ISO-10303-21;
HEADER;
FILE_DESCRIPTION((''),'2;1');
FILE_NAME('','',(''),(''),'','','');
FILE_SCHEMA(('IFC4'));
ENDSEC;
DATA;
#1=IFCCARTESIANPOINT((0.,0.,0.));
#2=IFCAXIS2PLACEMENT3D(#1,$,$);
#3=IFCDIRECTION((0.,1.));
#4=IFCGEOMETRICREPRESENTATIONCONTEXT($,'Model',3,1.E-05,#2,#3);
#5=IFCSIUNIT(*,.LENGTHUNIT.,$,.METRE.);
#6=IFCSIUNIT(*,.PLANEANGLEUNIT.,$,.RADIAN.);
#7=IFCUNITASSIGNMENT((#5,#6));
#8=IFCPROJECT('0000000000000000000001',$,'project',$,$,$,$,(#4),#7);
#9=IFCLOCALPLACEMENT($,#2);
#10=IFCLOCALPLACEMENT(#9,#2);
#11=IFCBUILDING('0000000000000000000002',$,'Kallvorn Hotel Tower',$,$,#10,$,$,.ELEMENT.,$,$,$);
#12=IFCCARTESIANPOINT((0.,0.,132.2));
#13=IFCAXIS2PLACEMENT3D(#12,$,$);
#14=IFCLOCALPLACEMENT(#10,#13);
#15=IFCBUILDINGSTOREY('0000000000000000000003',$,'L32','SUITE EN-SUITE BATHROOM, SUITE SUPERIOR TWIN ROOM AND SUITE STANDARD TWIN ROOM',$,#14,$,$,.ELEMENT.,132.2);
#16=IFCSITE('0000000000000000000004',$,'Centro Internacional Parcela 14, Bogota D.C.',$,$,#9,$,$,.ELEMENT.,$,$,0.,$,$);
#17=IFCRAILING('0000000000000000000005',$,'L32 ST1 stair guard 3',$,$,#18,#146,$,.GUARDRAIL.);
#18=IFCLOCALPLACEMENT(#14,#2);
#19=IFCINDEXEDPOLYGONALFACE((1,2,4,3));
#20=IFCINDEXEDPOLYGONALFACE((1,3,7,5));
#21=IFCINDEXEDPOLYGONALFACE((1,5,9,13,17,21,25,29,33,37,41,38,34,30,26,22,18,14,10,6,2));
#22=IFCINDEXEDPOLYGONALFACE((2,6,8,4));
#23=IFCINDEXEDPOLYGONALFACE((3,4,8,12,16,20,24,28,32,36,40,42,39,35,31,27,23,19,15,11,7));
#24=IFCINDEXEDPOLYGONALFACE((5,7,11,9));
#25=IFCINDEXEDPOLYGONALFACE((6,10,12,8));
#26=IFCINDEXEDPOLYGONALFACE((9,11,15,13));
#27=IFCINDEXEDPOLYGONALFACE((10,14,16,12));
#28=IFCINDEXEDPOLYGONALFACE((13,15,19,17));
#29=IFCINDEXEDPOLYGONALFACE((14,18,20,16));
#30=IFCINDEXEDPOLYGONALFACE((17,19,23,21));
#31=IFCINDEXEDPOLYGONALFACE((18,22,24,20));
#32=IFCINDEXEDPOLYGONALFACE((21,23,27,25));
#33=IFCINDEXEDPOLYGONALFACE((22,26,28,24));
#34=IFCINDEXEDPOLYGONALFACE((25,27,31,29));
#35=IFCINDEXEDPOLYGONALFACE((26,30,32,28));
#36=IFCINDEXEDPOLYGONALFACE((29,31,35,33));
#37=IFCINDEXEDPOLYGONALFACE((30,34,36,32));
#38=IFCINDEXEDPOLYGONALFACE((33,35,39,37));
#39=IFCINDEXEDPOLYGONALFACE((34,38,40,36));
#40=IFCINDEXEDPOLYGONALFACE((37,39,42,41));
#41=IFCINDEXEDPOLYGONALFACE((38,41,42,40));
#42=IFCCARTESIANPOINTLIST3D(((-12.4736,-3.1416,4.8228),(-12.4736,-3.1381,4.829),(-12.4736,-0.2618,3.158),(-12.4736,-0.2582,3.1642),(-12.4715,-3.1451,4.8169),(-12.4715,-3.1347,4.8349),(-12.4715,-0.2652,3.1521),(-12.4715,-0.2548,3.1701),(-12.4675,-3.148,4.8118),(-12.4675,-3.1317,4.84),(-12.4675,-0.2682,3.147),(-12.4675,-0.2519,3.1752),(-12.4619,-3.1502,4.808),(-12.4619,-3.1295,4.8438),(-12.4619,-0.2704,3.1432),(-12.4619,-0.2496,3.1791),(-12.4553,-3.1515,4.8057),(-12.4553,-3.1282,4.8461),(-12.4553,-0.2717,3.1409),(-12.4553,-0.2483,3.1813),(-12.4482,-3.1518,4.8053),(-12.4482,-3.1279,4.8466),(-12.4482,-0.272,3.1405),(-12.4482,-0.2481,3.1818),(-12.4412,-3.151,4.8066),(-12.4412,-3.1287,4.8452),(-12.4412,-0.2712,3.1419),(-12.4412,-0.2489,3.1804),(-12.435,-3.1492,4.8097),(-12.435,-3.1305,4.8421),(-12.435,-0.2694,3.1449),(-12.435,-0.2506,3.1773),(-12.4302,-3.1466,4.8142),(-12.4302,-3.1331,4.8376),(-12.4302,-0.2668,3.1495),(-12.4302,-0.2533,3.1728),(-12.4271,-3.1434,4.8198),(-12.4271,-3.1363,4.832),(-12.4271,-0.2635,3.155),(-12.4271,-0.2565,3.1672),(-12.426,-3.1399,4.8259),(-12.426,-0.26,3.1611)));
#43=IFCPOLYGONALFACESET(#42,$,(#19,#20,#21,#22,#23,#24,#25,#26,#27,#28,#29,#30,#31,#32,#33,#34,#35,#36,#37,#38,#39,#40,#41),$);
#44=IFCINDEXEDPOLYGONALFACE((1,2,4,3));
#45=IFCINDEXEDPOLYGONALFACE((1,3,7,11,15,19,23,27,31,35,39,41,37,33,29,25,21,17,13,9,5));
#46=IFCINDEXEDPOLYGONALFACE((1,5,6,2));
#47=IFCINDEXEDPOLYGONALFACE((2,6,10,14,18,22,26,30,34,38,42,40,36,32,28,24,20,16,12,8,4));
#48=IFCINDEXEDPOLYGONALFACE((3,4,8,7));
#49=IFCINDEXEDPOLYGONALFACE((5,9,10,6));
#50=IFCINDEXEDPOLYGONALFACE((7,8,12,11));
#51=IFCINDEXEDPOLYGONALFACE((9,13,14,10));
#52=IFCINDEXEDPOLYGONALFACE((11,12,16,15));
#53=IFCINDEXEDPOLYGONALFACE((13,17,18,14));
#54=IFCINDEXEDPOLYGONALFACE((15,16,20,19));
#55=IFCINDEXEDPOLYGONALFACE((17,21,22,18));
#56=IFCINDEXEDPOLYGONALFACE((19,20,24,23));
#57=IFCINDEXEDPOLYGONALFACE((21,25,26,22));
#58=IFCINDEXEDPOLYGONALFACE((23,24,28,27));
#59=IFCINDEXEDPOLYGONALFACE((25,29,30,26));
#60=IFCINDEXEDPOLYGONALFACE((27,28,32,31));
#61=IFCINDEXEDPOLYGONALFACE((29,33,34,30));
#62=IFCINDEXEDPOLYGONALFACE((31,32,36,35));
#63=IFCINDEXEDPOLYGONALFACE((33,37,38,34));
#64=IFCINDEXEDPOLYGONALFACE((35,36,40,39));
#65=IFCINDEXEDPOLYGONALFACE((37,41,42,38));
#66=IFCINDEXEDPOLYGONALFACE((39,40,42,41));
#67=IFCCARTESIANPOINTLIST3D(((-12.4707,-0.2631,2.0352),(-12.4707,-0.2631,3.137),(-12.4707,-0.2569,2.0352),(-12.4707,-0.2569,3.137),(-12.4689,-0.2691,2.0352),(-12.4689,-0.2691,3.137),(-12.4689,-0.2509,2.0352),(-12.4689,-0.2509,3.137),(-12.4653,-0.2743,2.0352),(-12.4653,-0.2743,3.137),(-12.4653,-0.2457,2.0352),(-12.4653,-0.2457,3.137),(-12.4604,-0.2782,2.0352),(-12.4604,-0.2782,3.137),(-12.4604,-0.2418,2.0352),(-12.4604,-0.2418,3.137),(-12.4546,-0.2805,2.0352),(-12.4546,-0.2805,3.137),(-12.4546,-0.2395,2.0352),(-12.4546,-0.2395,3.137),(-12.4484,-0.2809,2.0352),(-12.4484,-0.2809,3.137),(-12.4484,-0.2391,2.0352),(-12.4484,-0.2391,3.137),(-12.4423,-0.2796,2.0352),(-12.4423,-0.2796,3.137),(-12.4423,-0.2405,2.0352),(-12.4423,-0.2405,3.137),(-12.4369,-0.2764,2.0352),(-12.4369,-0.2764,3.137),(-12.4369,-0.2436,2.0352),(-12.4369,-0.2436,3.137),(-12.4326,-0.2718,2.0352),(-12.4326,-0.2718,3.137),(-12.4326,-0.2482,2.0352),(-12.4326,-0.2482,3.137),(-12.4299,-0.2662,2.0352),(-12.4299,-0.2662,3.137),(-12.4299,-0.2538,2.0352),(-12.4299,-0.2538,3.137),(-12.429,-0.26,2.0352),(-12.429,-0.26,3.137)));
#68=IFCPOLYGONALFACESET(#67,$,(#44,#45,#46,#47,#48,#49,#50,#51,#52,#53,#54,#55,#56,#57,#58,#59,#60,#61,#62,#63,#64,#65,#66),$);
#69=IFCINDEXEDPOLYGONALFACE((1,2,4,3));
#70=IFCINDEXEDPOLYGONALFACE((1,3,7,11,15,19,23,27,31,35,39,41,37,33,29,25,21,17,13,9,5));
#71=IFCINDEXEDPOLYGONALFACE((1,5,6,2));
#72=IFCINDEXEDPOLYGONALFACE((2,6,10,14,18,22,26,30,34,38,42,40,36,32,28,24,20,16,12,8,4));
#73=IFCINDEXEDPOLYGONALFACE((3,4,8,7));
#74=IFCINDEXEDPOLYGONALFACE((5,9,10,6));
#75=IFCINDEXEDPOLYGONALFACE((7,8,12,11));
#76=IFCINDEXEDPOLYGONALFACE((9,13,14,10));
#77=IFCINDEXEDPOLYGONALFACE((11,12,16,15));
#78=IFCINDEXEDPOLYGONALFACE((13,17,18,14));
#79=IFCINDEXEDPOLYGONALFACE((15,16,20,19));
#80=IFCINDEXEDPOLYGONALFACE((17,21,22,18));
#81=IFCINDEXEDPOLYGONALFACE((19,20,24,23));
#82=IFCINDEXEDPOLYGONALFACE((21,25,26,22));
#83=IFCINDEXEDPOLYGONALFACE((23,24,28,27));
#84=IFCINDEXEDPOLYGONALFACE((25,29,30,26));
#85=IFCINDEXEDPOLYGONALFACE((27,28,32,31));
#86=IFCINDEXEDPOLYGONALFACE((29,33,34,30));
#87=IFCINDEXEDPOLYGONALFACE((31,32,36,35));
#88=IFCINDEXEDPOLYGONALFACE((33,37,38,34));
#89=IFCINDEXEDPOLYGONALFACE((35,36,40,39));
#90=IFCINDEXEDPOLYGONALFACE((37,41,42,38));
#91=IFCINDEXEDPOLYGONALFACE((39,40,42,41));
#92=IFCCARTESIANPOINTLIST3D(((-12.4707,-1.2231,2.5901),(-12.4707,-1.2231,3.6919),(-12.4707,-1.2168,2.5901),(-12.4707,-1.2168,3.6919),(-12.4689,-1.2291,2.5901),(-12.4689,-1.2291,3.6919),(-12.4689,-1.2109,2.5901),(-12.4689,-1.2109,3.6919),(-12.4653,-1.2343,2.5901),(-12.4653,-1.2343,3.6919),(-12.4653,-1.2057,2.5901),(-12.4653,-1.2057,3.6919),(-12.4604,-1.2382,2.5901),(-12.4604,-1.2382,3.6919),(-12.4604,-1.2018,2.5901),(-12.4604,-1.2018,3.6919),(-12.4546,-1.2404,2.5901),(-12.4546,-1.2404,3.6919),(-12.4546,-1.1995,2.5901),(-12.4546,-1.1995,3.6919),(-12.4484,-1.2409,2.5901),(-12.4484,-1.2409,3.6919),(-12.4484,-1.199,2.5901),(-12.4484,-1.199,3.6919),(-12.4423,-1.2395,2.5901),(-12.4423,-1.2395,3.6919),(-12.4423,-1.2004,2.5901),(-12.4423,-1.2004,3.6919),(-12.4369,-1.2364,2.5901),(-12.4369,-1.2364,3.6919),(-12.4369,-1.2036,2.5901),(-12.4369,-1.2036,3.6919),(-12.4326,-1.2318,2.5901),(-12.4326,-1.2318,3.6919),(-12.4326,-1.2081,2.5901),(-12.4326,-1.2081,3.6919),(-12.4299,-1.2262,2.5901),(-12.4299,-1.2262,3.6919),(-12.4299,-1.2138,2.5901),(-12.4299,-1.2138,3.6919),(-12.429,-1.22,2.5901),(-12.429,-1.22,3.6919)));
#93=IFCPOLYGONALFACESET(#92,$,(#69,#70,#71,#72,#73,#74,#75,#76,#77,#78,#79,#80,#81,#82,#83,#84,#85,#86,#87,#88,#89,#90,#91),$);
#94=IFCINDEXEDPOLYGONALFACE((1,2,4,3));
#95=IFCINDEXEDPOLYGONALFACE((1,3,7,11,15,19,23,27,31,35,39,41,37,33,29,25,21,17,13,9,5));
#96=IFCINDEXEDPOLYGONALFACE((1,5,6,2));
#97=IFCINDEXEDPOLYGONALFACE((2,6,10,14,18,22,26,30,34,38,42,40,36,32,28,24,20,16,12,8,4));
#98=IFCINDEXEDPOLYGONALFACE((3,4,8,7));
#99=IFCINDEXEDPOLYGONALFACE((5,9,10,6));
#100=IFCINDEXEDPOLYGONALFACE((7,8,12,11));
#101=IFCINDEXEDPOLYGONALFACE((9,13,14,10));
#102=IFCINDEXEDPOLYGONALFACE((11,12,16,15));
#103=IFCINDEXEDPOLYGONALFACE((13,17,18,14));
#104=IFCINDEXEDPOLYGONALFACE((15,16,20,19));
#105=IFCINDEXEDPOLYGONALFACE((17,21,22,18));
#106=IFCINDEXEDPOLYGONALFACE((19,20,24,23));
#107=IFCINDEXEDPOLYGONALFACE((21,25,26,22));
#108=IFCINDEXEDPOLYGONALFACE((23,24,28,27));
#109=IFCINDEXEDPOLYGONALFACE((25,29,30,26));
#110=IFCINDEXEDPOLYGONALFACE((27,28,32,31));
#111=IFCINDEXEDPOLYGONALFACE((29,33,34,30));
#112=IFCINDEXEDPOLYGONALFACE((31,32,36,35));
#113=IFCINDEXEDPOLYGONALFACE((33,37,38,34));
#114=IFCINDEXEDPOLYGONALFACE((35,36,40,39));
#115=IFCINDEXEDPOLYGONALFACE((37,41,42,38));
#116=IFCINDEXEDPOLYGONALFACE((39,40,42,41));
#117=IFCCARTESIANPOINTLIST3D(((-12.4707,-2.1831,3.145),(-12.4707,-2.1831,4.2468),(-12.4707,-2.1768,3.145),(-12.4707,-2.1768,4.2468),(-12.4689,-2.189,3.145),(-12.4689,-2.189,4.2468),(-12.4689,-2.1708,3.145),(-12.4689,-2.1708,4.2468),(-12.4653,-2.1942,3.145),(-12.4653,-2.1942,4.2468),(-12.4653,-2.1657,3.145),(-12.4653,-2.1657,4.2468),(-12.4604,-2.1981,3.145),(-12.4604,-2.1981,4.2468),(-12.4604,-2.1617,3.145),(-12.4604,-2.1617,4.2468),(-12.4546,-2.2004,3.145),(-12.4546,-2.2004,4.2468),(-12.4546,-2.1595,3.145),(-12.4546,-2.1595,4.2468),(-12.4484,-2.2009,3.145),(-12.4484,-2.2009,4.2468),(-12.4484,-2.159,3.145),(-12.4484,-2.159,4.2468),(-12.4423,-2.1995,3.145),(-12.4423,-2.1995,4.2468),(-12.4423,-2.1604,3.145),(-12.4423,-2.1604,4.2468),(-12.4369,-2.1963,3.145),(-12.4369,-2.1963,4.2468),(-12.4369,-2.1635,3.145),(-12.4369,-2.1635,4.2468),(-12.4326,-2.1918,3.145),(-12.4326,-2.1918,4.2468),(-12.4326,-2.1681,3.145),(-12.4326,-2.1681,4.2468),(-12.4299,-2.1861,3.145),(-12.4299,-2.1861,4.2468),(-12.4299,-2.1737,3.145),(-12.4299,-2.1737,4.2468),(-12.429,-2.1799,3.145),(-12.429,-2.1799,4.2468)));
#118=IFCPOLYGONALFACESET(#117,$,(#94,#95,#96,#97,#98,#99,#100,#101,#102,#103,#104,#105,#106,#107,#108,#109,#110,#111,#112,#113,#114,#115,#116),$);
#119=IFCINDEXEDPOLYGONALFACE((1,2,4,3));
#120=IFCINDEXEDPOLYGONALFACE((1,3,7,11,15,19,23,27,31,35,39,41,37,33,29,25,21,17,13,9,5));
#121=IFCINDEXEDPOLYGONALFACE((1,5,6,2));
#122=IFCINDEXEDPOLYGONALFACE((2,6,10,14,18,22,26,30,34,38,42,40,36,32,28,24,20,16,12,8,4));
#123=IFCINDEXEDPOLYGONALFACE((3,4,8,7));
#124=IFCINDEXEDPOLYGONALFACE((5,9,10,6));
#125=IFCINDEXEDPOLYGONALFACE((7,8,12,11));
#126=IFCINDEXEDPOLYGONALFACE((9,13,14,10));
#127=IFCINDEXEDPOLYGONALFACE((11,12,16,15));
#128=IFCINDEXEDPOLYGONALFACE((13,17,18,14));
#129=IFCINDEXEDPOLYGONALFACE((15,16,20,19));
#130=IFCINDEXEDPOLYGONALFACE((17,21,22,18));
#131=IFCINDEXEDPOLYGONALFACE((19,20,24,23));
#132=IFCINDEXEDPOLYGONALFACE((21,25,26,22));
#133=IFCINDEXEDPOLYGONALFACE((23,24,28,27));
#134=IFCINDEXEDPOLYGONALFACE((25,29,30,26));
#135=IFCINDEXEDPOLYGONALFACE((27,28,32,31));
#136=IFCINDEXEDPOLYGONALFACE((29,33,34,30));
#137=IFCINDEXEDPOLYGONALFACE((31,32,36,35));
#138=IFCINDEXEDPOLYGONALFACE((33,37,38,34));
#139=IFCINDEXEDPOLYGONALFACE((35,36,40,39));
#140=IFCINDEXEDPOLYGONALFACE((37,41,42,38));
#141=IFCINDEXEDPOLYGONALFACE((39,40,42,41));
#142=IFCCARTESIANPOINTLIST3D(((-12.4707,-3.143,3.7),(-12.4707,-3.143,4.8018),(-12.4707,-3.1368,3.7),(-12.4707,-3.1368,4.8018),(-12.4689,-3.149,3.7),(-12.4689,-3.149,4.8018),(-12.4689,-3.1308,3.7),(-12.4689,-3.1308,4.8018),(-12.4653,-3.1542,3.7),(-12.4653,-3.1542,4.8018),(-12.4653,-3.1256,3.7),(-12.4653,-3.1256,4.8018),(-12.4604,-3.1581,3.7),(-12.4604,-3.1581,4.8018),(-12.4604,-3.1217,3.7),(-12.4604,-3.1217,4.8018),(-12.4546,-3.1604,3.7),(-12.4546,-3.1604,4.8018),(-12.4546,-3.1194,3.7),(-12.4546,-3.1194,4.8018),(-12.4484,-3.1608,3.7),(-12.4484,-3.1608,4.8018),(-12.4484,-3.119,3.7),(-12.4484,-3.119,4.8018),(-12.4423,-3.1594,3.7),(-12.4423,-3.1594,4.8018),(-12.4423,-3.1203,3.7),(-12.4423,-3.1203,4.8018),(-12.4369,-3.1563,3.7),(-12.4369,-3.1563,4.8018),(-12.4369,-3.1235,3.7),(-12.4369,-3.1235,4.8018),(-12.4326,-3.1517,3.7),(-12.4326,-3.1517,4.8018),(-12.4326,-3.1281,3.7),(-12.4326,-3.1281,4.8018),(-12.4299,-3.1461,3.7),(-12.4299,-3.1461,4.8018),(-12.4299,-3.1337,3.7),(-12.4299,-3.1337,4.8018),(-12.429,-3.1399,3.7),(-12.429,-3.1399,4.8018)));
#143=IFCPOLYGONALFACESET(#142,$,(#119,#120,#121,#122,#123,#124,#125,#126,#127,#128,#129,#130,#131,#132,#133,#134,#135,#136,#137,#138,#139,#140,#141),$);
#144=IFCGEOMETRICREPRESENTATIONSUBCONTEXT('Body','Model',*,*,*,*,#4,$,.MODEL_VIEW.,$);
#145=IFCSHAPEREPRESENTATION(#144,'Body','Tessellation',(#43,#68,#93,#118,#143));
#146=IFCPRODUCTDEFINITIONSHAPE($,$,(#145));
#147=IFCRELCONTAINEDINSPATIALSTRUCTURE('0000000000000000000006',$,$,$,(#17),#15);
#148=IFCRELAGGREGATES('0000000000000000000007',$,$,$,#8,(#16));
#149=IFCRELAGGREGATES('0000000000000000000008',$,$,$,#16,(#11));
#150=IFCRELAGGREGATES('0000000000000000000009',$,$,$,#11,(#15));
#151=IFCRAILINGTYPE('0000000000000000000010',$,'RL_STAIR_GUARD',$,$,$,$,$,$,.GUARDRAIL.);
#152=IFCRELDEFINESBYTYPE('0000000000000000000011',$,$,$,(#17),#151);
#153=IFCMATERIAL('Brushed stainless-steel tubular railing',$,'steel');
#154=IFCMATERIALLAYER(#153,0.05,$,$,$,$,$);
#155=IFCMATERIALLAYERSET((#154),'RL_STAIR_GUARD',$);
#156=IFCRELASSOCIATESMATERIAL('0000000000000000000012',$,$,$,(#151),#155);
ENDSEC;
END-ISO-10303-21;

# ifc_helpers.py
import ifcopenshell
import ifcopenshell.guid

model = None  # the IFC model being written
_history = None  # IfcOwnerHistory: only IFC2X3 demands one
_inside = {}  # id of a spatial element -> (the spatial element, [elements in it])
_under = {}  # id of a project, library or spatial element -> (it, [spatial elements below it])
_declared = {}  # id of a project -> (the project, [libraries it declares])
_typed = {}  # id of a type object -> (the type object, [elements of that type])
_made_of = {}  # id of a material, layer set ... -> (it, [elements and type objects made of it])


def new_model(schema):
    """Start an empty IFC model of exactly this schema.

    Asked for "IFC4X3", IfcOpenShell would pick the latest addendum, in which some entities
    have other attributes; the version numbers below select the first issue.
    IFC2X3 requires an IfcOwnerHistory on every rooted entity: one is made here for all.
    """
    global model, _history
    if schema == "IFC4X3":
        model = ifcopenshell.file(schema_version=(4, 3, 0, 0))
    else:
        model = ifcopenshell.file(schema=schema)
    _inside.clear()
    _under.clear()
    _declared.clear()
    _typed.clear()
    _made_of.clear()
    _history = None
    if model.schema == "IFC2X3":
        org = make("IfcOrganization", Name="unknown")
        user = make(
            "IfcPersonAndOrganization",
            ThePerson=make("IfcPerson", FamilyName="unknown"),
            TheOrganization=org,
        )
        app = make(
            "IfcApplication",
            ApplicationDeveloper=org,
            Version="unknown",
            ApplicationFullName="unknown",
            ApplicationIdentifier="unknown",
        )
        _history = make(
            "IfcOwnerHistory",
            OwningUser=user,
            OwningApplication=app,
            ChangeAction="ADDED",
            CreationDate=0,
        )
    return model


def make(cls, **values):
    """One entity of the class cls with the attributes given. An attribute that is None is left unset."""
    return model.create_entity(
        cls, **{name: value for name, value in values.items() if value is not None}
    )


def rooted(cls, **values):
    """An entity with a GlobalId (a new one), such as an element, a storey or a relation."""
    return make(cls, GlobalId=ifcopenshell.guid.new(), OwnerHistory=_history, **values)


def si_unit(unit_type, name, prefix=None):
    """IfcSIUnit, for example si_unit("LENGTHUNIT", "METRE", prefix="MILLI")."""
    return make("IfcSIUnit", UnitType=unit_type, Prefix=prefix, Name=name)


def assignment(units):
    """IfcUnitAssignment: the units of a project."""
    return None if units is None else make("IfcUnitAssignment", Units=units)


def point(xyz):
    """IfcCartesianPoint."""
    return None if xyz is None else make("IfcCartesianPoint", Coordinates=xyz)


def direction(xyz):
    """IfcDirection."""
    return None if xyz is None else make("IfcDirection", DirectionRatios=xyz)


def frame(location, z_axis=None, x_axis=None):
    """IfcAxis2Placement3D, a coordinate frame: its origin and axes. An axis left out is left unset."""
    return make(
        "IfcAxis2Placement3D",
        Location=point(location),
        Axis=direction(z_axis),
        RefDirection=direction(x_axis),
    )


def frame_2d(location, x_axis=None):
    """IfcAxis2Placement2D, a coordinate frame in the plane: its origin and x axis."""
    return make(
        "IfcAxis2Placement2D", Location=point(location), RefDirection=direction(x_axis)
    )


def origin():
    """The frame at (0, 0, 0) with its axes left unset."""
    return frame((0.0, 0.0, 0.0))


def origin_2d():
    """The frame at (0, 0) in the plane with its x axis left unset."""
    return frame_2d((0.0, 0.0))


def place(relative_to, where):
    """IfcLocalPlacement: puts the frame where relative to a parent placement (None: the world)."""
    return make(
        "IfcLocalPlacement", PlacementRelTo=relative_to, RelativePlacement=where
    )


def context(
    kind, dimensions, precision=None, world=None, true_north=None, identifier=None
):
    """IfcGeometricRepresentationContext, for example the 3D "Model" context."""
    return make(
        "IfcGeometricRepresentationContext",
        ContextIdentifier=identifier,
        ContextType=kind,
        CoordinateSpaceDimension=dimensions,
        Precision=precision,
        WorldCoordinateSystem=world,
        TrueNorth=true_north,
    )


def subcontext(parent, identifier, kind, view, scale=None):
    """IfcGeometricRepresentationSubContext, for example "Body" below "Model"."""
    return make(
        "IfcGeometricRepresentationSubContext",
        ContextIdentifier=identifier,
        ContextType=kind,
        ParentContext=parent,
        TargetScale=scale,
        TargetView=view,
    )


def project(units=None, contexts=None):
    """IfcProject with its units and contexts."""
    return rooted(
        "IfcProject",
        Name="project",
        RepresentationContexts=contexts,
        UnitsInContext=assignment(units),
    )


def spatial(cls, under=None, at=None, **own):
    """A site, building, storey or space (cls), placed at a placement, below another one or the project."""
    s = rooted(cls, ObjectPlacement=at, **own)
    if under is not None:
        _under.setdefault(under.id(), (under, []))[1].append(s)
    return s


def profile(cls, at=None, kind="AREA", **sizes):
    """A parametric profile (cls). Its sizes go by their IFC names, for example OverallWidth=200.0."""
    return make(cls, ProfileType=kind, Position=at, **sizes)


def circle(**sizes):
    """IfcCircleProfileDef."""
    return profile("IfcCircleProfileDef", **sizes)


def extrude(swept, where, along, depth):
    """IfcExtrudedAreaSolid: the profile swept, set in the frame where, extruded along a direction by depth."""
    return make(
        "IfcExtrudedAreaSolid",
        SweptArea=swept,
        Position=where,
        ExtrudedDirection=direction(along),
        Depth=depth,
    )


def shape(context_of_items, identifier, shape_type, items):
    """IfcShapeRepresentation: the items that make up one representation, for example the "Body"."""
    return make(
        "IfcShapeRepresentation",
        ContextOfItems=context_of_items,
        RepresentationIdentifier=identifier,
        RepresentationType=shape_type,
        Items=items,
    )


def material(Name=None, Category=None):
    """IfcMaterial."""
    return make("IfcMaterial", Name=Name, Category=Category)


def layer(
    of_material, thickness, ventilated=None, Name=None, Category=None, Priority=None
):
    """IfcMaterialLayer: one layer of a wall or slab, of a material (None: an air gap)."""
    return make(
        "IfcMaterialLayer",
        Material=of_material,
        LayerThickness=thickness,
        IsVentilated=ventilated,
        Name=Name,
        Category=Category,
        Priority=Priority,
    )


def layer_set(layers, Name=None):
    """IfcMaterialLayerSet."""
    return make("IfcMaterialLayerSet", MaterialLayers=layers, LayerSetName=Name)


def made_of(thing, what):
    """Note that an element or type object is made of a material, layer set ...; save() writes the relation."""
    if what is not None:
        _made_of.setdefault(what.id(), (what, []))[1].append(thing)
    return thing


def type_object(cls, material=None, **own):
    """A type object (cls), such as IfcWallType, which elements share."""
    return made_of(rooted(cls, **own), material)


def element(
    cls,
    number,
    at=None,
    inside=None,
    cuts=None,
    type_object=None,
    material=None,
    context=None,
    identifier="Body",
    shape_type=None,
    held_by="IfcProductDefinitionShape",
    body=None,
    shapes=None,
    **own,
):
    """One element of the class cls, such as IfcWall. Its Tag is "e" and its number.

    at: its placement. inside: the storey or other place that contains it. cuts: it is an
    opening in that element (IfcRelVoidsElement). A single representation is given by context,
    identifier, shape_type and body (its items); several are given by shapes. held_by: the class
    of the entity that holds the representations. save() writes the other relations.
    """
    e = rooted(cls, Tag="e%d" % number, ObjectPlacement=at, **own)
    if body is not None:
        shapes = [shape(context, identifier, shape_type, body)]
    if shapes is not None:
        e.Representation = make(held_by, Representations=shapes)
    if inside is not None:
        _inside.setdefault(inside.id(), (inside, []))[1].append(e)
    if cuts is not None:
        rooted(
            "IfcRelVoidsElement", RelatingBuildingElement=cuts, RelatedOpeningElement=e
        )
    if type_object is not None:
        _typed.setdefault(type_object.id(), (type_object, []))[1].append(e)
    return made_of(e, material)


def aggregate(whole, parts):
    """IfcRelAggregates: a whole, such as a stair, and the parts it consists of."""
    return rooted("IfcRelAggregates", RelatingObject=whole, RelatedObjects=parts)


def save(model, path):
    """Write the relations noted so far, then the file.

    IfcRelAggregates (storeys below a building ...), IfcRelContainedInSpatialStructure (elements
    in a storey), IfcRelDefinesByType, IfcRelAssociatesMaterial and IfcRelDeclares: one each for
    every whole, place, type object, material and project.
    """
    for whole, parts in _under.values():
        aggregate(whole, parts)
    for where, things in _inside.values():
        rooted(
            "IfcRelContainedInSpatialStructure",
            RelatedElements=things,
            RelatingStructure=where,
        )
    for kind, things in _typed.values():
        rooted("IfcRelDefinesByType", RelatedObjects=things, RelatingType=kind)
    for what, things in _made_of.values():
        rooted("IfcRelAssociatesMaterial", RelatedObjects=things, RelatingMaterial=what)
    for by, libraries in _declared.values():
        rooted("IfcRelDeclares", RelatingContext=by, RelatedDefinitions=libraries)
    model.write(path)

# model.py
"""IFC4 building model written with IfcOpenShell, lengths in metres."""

from ifc_helpers import new_model, si_unit, direction, frame, origin, origin_2d, place, context, subcontext, project, spatial, circle, extrude, material, layer, layer_set, type_object, element, save


model = new_model("IFC4")

# Units and contexts
model_context = context("Model", 3, precision=1e-05, world=origin(), true_north=direction((0.0, 1.0)))
body_context = subcontext(model_context, "Body", "Model", "MODEL_VIEW")
ifc_project = project(units=[si_unit("LENGTHUNIT", "METRE"), si_unit("PLANEANGLEUNIT", "RADIAN")], contexts=[model_context])

# Site, building, storey
site_placement = place(None, origin())
site = spatial("IfcSite", under=ifc_project, at=site_placement, Name="Centro Internacional Parcela 14, Bogota D.C.", CompositionType="ELEMENT", RefElevation=0.0)
building_placement = place(site_placement, origin())
building = spatial("IfcBuilding", under=site, at=building_placement, Name="Kallvorn Hotel Tower", CompositionType="ELEMENT")
storey_placement = place(building_placement, frame((0.0, 0.0, 132.2)))
storey = spatial("IfcBuildingStorey", under=building, at=storey_placement, Name="L32", Description="SUITE EN-SUITE BATHROOM, SUITE SUPERIOR TWIN ROOM AND SUITE STANDARD TWIN ROOM", CompositionType="ELEMENT", Elevation=132.2)

# Railing
ifc_material_1 = material(Name="Brushed stainless-steel tubular railing", Category="steel")
ifc_layer_1 = layer(ifc_material_1, 0.05)
ifc_layer_set_1 = layer_set([ifc_layer_1], Name="RL_STAIR_GUARD")
railing_type_1 = type_object("IfcRailingType", Name="RL_STAIR_GUARD", PredefinedType="GUARDRAIL", material=ifc_layer_set_1)
railing_1_placement = place(storey_placement, frame((-12.45, -0.26, 2.0352)))
element("IfcRailing", 1, at=railing_1_placement, inside=storey, type_object=railing_type_1, Name="L32 ST1 stair guard 3", PredefinedType="GUARDRAIL", context=body_context, shape_type="SweptSolid", body=[
    extrude(circle(Radius=0.0239, at=origin_2d()), frame((0.0, 0.0, 1.126), z_axis=(0.0, -0.865753, 0.500472), x_axis=(1.0, 0.0, 0.0)), (0.0, 0.0, 1.0), 3.3264),
    extrude(circle(Radius=0.021, at=origin_2d()), origin(), (0.0, 0.0, 1.0), 1.1018),
    extrude(circle(Radius=0.021, at=origin_2d()), frame((0.0, -0.96, 0.5549)), (0.0, 0.0, 1.0), 1.1018),
    extrude(circle(Radius=0.021, at=origin_2d()), frame((0.0, -1.9199, 1.1099)), (0.0, 0.0, 1.0), 1.1018),
    extrude(circle(Radius=0.021, at=origin_2d()), frame((0.0, -2.8799, 1.6648)), (0.0, 0.0, 1.0), 1.1018),
])

save(model, "model.ifc")
